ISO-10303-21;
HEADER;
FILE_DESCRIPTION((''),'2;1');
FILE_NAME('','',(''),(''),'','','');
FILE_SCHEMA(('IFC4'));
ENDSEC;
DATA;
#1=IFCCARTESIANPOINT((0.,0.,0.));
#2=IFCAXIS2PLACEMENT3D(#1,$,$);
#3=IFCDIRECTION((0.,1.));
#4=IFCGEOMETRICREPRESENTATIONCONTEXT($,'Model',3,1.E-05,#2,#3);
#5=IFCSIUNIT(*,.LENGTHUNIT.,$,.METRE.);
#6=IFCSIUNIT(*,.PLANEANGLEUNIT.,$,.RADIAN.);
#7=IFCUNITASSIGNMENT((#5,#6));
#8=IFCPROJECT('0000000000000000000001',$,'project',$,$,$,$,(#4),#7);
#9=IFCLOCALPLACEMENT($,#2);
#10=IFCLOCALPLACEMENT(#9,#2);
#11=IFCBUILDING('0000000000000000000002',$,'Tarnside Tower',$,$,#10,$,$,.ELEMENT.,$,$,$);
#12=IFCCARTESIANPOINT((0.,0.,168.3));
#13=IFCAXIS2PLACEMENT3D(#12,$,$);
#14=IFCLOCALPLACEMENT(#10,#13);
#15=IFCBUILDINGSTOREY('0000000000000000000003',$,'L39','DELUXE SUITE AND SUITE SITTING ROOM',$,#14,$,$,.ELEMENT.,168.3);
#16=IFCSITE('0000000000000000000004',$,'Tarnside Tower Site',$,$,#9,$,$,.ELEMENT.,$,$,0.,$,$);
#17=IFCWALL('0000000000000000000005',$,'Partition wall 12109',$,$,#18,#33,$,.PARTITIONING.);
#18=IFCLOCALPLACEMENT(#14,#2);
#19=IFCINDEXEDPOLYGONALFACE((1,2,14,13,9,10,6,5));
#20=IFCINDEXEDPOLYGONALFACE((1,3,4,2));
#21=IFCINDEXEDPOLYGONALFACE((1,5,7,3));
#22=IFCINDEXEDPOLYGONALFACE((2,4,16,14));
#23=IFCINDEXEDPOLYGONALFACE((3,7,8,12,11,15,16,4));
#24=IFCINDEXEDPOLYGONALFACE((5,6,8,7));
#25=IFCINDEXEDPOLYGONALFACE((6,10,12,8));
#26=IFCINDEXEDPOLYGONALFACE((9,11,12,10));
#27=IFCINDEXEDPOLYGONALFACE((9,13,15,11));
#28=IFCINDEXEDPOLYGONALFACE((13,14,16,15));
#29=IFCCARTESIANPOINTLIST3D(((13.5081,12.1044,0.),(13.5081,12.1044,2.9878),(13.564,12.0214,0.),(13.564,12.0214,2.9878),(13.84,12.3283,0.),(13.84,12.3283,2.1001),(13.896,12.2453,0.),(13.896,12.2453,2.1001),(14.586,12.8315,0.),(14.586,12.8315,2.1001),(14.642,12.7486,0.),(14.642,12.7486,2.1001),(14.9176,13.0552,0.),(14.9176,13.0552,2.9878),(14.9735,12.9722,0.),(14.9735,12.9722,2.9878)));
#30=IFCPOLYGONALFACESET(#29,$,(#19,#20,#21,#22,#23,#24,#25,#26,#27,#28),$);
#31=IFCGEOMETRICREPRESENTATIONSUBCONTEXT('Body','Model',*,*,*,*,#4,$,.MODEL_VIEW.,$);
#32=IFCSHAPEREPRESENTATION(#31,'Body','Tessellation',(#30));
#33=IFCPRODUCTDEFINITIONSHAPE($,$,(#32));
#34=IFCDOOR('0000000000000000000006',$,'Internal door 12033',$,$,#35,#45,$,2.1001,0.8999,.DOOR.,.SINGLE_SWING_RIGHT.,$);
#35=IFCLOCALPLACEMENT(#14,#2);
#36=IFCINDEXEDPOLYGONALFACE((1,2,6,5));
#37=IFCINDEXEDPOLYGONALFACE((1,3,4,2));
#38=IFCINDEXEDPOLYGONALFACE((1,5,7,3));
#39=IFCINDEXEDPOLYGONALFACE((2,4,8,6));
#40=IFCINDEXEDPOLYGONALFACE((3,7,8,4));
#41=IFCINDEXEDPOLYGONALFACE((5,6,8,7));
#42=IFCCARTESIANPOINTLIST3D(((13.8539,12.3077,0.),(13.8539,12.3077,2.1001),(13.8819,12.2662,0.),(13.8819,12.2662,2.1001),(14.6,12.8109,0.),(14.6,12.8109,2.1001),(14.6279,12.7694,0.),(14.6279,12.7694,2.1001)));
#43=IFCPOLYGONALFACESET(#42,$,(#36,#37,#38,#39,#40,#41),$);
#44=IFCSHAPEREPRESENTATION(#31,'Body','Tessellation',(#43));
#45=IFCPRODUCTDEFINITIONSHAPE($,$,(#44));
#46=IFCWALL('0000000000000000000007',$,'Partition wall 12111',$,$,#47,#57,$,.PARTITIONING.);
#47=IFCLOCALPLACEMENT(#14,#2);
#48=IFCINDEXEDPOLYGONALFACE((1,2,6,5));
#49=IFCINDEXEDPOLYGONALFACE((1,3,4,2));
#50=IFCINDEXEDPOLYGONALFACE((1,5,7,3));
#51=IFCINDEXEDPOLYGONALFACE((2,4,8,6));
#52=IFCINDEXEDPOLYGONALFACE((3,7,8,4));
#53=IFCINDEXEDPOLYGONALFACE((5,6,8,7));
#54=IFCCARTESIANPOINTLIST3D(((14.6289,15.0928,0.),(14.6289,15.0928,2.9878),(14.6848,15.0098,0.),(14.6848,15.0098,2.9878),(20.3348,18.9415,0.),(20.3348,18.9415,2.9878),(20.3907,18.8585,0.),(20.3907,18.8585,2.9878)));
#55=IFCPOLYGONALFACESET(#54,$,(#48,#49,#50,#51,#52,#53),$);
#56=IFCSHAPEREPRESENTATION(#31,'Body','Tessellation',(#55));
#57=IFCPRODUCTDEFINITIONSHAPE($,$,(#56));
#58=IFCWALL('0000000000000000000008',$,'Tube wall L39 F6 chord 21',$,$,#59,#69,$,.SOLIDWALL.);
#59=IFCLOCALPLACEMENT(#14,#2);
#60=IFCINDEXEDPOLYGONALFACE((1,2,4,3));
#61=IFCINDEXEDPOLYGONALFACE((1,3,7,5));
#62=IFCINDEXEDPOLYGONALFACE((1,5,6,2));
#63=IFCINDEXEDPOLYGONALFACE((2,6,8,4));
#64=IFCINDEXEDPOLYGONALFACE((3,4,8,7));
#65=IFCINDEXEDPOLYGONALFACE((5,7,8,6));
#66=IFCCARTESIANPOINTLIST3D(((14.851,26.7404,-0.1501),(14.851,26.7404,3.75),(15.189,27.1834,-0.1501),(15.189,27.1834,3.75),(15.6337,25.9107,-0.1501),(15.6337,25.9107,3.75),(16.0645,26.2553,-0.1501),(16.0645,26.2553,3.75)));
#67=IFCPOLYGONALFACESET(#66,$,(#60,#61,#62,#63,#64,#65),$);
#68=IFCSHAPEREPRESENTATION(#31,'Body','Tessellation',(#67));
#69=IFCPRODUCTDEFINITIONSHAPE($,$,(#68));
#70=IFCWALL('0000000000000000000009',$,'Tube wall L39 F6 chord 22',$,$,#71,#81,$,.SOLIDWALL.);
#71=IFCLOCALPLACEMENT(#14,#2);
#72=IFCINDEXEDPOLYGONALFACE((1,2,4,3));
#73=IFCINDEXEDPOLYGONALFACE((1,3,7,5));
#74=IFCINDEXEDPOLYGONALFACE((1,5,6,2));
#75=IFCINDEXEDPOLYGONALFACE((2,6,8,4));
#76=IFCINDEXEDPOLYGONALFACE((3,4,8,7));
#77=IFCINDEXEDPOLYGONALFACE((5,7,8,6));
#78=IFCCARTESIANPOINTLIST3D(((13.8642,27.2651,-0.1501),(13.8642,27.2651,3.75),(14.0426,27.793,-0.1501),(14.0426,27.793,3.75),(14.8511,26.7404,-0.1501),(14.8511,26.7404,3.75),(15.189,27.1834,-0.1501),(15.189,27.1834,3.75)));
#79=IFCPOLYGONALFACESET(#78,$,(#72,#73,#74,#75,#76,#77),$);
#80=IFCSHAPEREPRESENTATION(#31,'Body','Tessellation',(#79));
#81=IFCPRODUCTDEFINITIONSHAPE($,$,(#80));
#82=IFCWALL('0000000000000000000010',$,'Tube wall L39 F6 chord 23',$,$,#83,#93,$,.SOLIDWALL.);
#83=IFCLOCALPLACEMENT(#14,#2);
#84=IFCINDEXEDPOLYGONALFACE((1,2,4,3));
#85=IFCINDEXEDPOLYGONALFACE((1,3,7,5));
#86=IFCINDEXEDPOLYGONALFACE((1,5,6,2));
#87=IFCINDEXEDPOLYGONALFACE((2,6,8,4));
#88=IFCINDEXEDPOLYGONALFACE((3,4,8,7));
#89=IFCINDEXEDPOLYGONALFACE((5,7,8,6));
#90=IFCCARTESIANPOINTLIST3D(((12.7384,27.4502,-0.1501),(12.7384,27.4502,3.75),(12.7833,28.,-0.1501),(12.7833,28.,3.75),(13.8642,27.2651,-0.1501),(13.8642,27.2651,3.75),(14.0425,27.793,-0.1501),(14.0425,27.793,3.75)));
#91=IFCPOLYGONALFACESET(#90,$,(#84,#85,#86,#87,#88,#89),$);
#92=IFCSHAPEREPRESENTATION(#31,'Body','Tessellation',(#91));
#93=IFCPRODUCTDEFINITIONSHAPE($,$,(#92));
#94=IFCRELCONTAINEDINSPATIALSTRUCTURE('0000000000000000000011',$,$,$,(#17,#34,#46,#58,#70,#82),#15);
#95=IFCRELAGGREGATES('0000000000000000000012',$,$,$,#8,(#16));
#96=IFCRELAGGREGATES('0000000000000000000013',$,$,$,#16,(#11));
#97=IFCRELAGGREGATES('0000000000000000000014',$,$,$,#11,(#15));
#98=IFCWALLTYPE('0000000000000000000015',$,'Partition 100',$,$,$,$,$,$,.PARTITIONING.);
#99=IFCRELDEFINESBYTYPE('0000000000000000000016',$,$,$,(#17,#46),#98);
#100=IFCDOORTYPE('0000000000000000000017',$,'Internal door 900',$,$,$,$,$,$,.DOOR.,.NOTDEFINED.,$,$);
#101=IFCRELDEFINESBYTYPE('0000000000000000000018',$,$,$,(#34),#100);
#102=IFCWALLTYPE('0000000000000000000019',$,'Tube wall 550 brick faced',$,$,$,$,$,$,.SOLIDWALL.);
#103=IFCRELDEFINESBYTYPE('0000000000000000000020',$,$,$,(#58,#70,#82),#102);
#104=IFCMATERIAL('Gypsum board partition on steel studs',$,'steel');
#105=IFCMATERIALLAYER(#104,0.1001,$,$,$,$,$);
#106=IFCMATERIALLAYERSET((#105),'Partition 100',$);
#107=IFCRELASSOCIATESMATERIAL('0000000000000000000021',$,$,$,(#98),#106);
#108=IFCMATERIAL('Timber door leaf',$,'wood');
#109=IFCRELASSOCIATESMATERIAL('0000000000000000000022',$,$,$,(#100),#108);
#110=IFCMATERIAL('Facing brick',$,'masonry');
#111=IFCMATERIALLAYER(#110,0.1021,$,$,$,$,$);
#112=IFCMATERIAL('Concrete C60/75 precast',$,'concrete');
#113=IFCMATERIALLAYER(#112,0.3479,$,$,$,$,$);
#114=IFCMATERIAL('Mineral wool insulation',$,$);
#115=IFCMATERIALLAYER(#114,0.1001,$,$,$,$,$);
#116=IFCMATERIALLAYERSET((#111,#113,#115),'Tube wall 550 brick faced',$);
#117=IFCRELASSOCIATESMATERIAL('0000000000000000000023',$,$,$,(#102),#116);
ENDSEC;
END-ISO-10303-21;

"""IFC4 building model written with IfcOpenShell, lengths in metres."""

from ifc_helpers import new_model, si_unit, direction, frame, frame_2d, origin, place, context, subcontext, project, spatial, polyline, rectangle, outline, extrude, material, layer, layer_set, type_object, element, fill, save


model = new_model("IFC4")

# Units and contexts
model_context = context("Model", 3, precision=1e-05, world=origin(), true_north=direction((0.0, 1.0)))
body_context = subcontext(model_context, "Body", "Model", "MODEL_VIEW")
ifc_project = project(units=[si_unit("LENGTHUNIT", "METRE"), si_unit("PLANEANGLEUNIT", "RADIAN")], contexts=[model_context])

# Site, building, storey
site_placement = place(None, origin())
site = spatial("IfcSite", under=ifc_project, at=site_placement, Name="Tarnside Tower Site", CompositionType="ELEMENT", RefElevation=0.0)
building_placement = place(site_placement, origin())
building = spatial("IfcBuilding", under=site, at=building_placement, Name="Tarnside Tower", CompositionType="ELEMENT")
storey_placement = place(building_placement, frame((0.0, 0.0, 168.3)))
storey = spatial("IfcBuildingStorey", under=building, at=storey_placement, Name="L39", Description="DELUXE SUITE AND SUITE SITTING ROOM", CompositionType="ELEMENT", Elevation=168.3)

# Shared definitions
ifc_material_1 = material(Name="Gypsum board partition on steel studs", Category="steel")

# Shared definitions
ifc_material_2 = material(Name="Timber door leaf", Category="wood")

# Wall, opening, door
ifc_layer_1 = layer(ifc_material_1, 0.1001)
ifc_layer_set_1 = layer_set([ifc_layer_1], Name="Partition 100")
wall_type_1 = type_object("IfcWallType", Name="Partition 100", PredefinedType="PARTITIONING", material=ifc_layer_set_1)
wall_1_placement = place(storey_placement, frame((14.9456, 13.0137, 0.0), z_axis=(0.0, 0.0, 1.0), x_axis=(-0.829033, -0.559199, 0.0)))
wall_1 = element("IfcWall", 1, at=wall_1_placement, inside=storey, type_object=wall_type_1, Name="Partition wall 12109", PredefinedType="PARTITIONING", context=body_context, shape_type="SweptSolid", body=[
    extrude(rectangle(XDim=1.7002, YDim=0.1001, at=frame_2d((0.8501, 0.0))), origin(), (0.0, 0.0, 1.0), 2.9878),
])
opening_1_placement = place(wall_1_placement, frame((0.3999, 0.0, 0.0)))
opening_1 = element("IfcOpeningElement", 2, at=opening_1_placement, cuts=wall_1, PredefinedType="OPENING", context=body_context, shape_type="SweptSolid", body=[
    extrude(rectangle(XDim=0.8999, YDim=2.1001, at=frame_2d((0.45, 1.05))), frame((0.0, 0.0601, 0.0), z_axis=(0.0, -1.0, 0.0), x_axis=(1.0, 0.0, 0.0)), (0.0, 0.0, 1.0), 0.1201),
])
door_type_1 = type_object("IfcDoorType", Name="Internal door 900", OperationType="NOTDEFINED", PredefinedType="DOOR", material=ifc_material_2)
door_1_placement = place(opening_1_placement, origin())
door_1 = element("IfcDoor", 3, at=door_1_placement, inside=storey, type_object=door_type_1, Name="Internal door 12033", OperationType="SINGLE_SWING_RIGHT", OverallHeight=2.1001, OverallWidth=0.8999, PredefinedType="DOOR", context=body_context, shape_type="SweptSolid", body=[
    extrude(rectangle(XDim=0.8999, YDim=2.1001, at=frame_2d((0.45, 1.05))), frame((0.0, 0.0249, 0.0), z_axis=(0.0, -1.0, 0.0), x_axis=(1.0, 0.0, 0.0)), (0.0, 0.0, 1.0), 0.05),
])
fill(opening_1, door_1)

# Walls
wall_2_placement = place(storey_placement, frame((14.6567, 15.0513, 0.0), z_axis=(0.0, 0.0, 1.0), x_axis=(0.829037, 0.559194, 0.0)))
element("IfcWall", 4, at=wall_2_placement, inside=storey, type_object=wall_type_1, Name="Partition wall 12111", PredefinedType="PARTITIONING", context=body_context, shape_type="SweptSolid", body=[
    extrude(rectangle(XDim=6.8826, YDim=0.1001, at=frame_2d((3.4414, 0.0))), origin(), (0.0, 0.0, 1.0), 2.9878),
])
ifc_material_3 = material(Name="Facing brick", Category="masonry")
ifc_layer_2 = layer(ifc_material_3, 0.1021)
ifc_material_4 = material(Name="Concrete C60/75 precast", Category="concrete")
ifc_layer_3 = layer(ifc_material_4, 0.3479)
ifc_material_5 = material(Name="Mineral wool insulation")
ifc_layer_4 = layer(ifc_material_5, 0.1001)
ifc_layer_set_2 = layer_set([ifc_layer_2, ifc_layer_3, ifc_layer_4], Name="Tube wall 550 brick faced")
wall_type_2 = type_object("IfcWallType", Name="Tube wall 550 brick faced", PredefinedType="SOLIDWALL", material=ifc_layer_set_2)
wall_3_placement = place(storey_placement, frame((15.8491, 26.083, -0.1501), z_axis=(0.0, 0.0, 1.0), x_axis=(-0.686196, 0.727416, 0.0)))
element("IfcWall", 5, at=wall_3_placement, inside=storey, type_object=wall_type_2, Name="Tube wall L39 F6 chord 21", PredefinedType="SOLIDWALL", context=body_context, shape_type="SweptSolid", body=[
    extrude(outline(polyline([(-0.0225, -0.2749), (1.2534, -0.2749), (1.1631, 0.2749), (0.0225, 0.2749), (-0.0225, -0.2749)])), origin(), (0.0, 0.0, 1.0), 3.9001),
])
wall_4_placement = place(storey_placement, frame((15.02, 26.9619, -0.1501), z_axis=(0.0, 0.0, 1.0), x_axis=(-0.882951, 0.469465, 0.0)))
element("IfcWall", 6, at=wall_4_placement, inside=storey, type_object=wall_type_2, Name="Tube wall L39 F6 chord 22", PredefinedType="SOLIDWALL", context=body_context, shape_type="SweptSolid", body=[
    extrude(outline(polyline([(-0.0452, -0.2749), (1.2532, -0.2749), (1.1628, 0.2749), (0.0452, 0.2749), (-0.0452, -0.2749)])), origin(), (0.0, 0.0, 1.0), 3.9001),
])
wall_5_placement = place(storey_placement, frame((13.9534, 27.5291, -0.1501), z_axis=(0.0, 0.0, 1.0), x_axis=(-0.986752, 0.162236, 0.0)))
element("IfcWall", 7, at=wall_5_placement, inside=storey, type_object=wall_type_2, Name="Tube wall L39 F6 chord 23", PredefinedType="SOLIDWALL", context=body_context, shape_type="SweptSolid", body=[
    extrude(outline(polyline([(-0.0452, -0.2749), (1.231, -0.2749), (1.186, 0.2749), (0.0452, 0.2749), (-0.0452, -0.2749)])), origin(), (0.0, 0.0, 1.0), 3.9001),
])

save(model, "model.ifc")
